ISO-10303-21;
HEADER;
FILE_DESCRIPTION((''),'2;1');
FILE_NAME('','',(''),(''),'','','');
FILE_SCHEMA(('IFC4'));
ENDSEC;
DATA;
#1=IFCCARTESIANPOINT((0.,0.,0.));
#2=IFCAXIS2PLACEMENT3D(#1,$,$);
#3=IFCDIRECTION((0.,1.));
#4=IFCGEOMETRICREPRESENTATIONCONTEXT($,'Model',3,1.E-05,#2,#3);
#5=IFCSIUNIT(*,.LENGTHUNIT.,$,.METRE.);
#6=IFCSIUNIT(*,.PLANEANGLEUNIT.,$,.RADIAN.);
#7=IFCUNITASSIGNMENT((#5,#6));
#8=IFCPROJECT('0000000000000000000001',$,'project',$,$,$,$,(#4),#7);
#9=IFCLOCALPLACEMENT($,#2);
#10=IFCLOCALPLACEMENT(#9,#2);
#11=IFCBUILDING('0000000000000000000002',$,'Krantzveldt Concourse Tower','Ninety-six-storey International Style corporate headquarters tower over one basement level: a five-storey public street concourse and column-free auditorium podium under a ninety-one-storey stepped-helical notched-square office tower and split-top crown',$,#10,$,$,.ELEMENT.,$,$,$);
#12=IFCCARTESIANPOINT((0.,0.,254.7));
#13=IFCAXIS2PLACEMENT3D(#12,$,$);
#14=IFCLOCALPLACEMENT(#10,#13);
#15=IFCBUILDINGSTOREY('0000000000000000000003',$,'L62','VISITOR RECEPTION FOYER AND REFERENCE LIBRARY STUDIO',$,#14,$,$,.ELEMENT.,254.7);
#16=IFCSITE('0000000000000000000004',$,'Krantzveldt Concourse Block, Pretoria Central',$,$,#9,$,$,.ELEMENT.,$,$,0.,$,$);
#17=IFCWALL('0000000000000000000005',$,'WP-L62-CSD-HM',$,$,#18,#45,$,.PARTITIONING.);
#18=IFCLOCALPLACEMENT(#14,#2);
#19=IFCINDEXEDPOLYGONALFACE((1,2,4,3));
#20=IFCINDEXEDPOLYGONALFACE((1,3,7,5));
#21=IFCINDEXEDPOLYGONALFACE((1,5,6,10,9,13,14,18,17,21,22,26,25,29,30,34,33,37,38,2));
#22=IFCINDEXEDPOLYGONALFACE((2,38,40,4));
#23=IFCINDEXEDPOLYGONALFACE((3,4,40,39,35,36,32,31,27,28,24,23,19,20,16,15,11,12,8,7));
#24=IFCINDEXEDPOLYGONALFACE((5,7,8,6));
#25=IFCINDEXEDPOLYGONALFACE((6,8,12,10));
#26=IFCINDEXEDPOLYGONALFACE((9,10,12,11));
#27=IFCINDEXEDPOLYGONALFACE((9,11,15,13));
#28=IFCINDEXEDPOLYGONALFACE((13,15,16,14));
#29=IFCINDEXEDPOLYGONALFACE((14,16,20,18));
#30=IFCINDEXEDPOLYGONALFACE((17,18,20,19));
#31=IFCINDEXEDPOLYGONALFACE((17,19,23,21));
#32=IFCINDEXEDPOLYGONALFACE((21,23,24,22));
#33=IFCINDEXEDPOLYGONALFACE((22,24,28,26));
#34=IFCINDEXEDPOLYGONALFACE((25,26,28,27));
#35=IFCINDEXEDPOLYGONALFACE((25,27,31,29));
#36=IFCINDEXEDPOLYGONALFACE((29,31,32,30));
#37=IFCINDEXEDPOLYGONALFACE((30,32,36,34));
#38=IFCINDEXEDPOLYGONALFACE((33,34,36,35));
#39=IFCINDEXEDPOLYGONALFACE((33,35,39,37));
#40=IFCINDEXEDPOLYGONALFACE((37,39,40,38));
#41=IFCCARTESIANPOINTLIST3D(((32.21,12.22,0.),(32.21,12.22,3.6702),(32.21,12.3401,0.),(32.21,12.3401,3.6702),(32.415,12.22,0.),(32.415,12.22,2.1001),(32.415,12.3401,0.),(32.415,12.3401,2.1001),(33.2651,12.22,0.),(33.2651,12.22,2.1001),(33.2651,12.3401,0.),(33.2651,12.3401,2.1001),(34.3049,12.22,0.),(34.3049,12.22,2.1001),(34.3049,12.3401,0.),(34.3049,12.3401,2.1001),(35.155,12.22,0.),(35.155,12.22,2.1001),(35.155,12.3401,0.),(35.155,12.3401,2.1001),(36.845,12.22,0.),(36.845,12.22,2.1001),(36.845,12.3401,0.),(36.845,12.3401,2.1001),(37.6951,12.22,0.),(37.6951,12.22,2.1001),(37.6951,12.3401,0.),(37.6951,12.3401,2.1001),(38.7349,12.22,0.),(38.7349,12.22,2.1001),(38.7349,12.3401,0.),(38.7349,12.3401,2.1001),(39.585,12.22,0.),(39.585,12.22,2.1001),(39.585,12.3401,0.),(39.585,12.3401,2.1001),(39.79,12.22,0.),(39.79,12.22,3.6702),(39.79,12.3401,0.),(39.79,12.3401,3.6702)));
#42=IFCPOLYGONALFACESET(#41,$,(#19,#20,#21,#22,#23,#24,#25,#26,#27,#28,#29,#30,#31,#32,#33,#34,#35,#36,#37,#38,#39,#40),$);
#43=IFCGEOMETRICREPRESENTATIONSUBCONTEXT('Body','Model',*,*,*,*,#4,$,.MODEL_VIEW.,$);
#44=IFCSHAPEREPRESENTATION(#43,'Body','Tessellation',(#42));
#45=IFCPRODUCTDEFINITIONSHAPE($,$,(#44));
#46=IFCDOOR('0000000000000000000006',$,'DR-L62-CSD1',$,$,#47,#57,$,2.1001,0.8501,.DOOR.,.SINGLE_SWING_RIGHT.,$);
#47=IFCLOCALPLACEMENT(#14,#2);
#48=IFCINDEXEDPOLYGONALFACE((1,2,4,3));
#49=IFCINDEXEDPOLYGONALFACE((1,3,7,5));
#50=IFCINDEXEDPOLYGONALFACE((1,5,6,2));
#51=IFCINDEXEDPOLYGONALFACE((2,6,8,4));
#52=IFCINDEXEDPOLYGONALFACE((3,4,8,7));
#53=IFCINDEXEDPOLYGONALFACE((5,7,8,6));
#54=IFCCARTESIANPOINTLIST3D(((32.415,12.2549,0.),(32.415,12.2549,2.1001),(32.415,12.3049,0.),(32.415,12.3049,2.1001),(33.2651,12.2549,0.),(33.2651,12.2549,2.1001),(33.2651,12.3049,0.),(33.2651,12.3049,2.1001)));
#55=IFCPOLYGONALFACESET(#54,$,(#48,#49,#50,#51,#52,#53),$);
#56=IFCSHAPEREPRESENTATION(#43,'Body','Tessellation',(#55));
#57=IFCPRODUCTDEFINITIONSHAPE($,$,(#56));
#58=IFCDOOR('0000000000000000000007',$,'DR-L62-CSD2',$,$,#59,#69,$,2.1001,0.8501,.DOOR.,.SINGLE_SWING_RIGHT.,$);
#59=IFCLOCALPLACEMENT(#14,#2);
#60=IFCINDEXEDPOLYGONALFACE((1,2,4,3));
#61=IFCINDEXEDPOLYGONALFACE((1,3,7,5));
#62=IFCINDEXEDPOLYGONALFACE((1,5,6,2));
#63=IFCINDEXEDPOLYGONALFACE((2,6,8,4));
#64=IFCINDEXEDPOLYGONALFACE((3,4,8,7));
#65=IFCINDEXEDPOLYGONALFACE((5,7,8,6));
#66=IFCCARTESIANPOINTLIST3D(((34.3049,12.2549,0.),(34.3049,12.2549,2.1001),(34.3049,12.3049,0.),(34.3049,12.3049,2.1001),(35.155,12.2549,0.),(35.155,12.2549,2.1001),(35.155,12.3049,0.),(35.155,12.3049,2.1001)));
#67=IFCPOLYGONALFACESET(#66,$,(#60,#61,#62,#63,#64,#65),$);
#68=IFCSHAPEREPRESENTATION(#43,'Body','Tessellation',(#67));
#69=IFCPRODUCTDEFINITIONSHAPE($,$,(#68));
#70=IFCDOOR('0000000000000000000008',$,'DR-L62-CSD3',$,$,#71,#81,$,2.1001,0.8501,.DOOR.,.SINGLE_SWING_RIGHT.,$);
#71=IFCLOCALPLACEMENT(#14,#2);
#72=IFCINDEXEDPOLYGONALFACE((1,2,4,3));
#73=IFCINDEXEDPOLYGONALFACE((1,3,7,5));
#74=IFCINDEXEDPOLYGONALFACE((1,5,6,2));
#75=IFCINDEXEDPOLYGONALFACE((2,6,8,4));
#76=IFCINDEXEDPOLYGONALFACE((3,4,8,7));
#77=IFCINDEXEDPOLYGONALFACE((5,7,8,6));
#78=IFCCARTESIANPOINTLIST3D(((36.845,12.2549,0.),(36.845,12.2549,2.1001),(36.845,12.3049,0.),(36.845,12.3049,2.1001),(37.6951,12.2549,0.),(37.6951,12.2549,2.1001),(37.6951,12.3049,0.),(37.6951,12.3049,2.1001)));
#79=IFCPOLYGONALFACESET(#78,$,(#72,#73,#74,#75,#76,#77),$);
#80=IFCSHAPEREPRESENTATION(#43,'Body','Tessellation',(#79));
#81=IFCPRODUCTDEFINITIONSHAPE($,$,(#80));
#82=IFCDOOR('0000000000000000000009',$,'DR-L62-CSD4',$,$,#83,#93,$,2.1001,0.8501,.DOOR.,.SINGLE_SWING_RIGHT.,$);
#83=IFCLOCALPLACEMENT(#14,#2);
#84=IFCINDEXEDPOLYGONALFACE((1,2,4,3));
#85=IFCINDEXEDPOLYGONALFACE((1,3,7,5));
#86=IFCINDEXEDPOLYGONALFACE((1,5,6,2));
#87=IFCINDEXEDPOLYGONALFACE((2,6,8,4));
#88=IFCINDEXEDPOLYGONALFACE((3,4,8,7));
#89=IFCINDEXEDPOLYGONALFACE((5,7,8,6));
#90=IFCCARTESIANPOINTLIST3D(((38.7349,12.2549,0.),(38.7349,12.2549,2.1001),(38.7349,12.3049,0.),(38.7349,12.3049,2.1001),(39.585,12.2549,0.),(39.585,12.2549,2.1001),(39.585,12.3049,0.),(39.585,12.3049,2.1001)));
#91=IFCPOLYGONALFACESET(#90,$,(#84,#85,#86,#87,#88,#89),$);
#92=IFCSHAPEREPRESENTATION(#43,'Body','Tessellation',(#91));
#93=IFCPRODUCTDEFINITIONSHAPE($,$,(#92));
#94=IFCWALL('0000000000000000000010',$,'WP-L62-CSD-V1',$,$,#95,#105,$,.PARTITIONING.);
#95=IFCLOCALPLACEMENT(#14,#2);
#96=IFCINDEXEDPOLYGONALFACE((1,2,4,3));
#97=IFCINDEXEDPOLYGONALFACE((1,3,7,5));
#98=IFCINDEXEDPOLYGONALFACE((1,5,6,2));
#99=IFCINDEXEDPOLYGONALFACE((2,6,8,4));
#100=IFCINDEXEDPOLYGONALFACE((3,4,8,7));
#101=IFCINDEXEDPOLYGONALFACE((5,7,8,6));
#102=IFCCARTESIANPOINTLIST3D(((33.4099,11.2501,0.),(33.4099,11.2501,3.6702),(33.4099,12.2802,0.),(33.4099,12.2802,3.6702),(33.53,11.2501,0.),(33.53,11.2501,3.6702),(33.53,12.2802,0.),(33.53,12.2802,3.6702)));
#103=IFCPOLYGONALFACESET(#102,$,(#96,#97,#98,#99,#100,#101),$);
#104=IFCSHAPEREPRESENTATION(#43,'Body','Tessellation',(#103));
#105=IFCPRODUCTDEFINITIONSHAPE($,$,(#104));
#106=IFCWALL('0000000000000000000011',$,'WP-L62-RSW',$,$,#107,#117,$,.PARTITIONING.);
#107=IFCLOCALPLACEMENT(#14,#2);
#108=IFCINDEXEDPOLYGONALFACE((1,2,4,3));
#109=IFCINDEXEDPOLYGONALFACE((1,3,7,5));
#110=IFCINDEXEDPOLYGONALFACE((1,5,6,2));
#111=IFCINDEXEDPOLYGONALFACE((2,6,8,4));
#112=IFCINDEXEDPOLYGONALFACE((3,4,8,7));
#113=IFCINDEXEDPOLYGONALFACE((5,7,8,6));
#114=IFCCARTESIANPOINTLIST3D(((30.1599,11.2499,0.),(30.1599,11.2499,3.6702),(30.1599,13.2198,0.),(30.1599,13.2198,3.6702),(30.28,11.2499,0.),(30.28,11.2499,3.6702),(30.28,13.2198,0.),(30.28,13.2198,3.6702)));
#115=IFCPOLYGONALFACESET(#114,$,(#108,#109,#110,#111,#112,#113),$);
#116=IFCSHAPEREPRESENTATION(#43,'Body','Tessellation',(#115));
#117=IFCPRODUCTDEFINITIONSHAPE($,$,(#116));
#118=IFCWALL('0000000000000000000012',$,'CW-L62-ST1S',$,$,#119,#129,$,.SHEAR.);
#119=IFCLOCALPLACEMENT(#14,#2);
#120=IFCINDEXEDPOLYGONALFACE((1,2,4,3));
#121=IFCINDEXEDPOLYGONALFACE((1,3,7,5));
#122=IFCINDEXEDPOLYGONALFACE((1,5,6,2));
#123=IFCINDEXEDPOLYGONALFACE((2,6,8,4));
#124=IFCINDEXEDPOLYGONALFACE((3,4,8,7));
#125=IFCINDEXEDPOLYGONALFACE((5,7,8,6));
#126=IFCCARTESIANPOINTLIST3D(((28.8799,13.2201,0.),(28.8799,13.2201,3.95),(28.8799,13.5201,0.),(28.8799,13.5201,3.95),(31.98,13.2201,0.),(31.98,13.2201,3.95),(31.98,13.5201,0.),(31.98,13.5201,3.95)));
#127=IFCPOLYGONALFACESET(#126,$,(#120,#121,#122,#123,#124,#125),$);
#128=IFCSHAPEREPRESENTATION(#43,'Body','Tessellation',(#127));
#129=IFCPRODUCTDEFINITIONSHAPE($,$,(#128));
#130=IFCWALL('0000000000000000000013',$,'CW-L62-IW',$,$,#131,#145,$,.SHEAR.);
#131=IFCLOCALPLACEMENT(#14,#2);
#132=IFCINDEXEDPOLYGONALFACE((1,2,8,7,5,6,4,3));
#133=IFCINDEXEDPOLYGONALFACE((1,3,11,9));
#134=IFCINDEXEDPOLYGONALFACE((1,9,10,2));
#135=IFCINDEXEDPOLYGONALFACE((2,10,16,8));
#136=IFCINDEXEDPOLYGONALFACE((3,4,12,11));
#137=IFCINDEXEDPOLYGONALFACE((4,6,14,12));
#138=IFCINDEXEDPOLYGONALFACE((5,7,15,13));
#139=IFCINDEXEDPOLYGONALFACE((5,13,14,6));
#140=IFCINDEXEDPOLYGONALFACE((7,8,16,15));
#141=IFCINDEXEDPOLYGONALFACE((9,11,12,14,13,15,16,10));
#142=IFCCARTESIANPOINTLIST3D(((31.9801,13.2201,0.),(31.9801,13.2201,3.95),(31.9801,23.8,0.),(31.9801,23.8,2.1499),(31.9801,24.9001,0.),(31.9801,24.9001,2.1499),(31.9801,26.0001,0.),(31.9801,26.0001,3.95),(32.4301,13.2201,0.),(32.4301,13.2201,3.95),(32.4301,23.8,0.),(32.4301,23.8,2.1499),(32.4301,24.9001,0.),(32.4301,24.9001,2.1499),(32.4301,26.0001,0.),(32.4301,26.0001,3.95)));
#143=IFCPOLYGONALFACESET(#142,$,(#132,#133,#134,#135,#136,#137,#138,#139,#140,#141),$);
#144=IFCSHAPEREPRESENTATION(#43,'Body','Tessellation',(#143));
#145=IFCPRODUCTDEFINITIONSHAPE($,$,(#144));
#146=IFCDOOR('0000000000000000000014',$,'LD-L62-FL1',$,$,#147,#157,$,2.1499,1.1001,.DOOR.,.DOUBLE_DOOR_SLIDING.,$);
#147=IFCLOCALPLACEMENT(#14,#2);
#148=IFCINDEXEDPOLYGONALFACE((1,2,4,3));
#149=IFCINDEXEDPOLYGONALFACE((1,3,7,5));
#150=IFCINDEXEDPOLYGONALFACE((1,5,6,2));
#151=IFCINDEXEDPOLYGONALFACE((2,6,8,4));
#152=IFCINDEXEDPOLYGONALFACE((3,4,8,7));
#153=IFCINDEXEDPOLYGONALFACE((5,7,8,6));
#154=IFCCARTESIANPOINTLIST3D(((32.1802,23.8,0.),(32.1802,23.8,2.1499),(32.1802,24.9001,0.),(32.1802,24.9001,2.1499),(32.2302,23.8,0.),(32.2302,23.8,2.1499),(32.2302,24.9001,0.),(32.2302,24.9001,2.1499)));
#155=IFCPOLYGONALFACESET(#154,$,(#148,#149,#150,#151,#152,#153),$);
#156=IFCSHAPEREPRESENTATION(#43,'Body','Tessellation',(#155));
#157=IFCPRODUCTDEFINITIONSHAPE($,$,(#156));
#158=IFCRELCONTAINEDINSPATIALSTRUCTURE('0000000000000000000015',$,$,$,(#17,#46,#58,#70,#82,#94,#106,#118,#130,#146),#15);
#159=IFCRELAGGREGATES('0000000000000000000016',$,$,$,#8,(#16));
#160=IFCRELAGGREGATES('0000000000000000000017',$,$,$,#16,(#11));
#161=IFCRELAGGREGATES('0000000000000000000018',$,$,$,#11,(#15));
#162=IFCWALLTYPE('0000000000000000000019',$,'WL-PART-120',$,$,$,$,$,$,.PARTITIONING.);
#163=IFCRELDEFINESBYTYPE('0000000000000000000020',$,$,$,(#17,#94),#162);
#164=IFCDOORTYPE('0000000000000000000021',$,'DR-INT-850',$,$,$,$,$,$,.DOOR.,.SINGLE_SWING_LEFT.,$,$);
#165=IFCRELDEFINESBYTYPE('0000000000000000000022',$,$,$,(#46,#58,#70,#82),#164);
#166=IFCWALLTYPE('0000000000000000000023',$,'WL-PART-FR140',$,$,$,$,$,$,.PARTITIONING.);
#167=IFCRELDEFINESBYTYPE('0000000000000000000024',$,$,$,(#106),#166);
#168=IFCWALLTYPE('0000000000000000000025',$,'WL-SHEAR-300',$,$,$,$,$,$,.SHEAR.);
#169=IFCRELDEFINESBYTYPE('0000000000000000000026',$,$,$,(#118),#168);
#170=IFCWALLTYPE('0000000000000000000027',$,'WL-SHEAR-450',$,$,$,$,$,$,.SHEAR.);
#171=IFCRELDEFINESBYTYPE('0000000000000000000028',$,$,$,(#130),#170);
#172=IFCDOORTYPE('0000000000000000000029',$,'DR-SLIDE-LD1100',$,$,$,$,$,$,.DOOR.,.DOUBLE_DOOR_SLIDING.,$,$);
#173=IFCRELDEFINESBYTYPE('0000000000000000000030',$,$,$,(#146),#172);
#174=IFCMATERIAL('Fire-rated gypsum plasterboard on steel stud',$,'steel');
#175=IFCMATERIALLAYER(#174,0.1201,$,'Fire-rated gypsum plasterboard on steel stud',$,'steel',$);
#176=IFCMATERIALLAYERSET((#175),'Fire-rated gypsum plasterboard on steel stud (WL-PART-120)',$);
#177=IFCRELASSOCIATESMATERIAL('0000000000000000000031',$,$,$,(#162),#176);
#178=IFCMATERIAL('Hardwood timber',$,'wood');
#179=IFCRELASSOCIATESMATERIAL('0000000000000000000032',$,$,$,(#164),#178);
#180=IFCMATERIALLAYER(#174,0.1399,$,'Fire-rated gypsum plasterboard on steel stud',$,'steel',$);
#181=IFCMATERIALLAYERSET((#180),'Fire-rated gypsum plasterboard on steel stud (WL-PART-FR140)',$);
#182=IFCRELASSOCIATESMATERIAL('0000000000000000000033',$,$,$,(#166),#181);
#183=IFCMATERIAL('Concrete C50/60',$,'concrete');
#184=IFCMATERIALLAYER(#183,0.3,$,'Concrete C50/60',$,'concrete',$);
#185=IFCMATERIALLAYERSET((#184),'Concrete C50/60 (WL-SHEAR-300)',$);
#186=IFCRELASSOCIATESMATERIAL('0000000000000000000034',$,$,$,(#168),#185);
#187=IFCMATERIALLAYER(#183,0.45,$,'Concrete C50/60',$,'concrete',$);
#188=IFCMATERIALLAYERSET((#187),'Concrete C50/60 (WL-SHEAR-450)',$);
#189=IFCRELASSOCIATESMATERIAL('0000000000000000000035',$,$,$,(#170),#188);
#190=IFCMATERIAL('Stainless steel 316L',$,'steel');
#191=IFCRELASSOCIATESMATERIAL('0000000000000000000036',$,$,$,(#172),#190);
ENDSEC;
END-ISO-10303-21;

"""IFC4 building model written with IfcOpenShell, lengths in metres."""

from ifc_helpers import new_model, si_unit, direction, frame, frame_2d, origin, place, context, subcontext, project, spatial, rectangle, extrude, material, layer, layer_set, type_object, element, fill, save


model = new_model("IFC4")

# Units and contexts
model_context = context("Model", 3, precision=1e-05, world=origin(), true_north=direction((0.0, 1.0)))
body_context = subcontext(model_context, "Body", "Model", "MODEL_VIEW")
ifc_project = project(units=[si_unit("LENGTHUNIT", "METRE"), si_unit("PLANEANGLEUNIT", "RADIAN")], contexts=[model_context])

# Site, building, storey
site_placement = place(None, origin())
site = spatial("IfcSite", under=ifc_project, at=site_placement, Name="Krantzveldt Concourse Block, Pretoria Central", CompositionType="ELEMENT", RefElevation=0.0)
building_placement = place(site_placement, origin())
building = spatial("IfcBuilding", under=site, at=building_placement, Name="Krantzveldt Concourse Tower", Description="Ninety-six-storey International Style corporate headquarters tower over one basement level: a five-storey public street concourse and column-free auditorium podium under a ninety-one-storey stepped-helical notched-square office tower and split-top crown", CompositionType="ELEMENT")
storey_placement = place(building_placement, frame((0.0, 0.0, 254.7)))
storey = spatial("IfcBuildingStorey", under=building, at=storey_placement, Name="L62", Description="VISITOR RECEPTION FOYER AND REFERENCE LIBRARY STUDIO", CompositionType="ELEMENT", Elevation=254.7)

# Shared definitions
ifc_material_1 = material(Name="Fire-rated gypsum plasterboard on steel stud", Category="steel")
ifc_layer_1 = layer(ifc_material_1, 0.1201, Name="Fire-rated gypsum plasterboard on steel stud", Category="steel")
ifc_layer_set_1 = layer_set([ifc_layer_1], Name="Fire-rated gypsum plasterboard on steel stud (WL-PART-120)")
wall_type_1 = type_object("IfcWallType", Name="WL-PART-120", PredefinedType="PARTITIONING", material=ifc_layer_set_1)
ifc_material_2 = material(Name="Hardwood timber", Category="wood")
door_type_1 = type_object("IfcDoorType", Name="DR-INT-850", OperationType="SINGLE_SWING_LEFT", PredefinedType="DOOR", material=ifc_material_2)

# Wall, openings, doors
wall_1_placement = place(storey_placement, frame((32.21, 12.28, 0.0), z_axis=(0.0, 0.0, 1.0), x_axis=(1.0, 0.0, 0.0)))
wall_1 = element("IfcWall", 1, at=wall_1_placement, inside=storey, type_object=wall_type_1, Name="WP-L62-CSD-HM", PredefinedType="PARTITIONING", context=body_context, shape_type="SweptSolid", body=[
    extrude(rectangle(XDim=7.5801, YDim=0.1201, at=frame_2d((3.79, 0.0))), origin(), (0.0, 0.0, 1.0), 3.6702),
])
opening_1_placement = place(wall_1_placement, frame((0.2051, 0.0, 0.0)))
opening_1 = element("IfcOpeningElement", 2, at=opening_1_placement, cuts=wall_1, PredefinedType="OPENING", context=body_context, shape_type="SweptSolid", body=[
    extrude(rectangle(XDim=0.8501, YDim=2.1001, at=frame_2d((0.425, 1.05))), frame((0.0, 0.0701, 0.0), z_axis=(0.0, -1.0, 0.0), x_axis=(1.0, 0.0, 0.0)), (0.0, 0.0, 1.0), 0.1401),
])
opening_2_placement = place(wall_1_placement, frame((2.095, 0.0, 0.0)))
opening_2 = element("IfcOpeningElement", 3, at=opening_2_placement, cuts=wall_1, PredefinedType="OPENING", context=body_context, shape_type="SweptSolid", body=[
    extrude(rectangle(XDim=0.8501, YDim=2.1001, at=frame_2d((0.425, 1.05))), frame((0.0, 0.0701, 0.0), z_axis=(0.0, -1.0, 0.0), x_axis=(1.0, 0.0, 0.0)), (0.0, 0.0, 1.0), 0.1401),
])
opening_3_placement = place(wall_1_placement, frame((4.635, 0.0, 0.0)))
opening_3 = element("IfcOpeningElement", 4, at=opening_3_placement, cuts=wall_1, PredefinedType="OPENING", context=body_context, shape_type="SweptSolid", body=[
    extrude(rectangle(XDim=0.8501, YDim=2.1001, at=frame_2d((0.425, 1.05))), frame((0.0, 0.0701, 0.0), z_axis=(0.0, -1.0, 0.0), x_axis=(1.0, 0.0, 0.0)), (0.0, 0.0, 1.0), 0.1401),
])
opening_4_placement = place(wall_1_placement, frame((6.5249, 0.0, 0.0)))
opening_4 = element("IfcOpeningElement", 5, at=opening_4_placement, cuts=wall_1, PredefinedType="OPENING", context=body_context, shape_type="SweptSolid", body=[
    extrude(rectangle(XDim=0.8501, YDim=2.1001, at=frame_2d((0.425, 1.05))), frame((0.0, 0.0701, 0.0), z_axis=(0.0, -1.0, 0.0), x_axis=(1.0, 0.0, 0.0)), (0.0, 0.0, 1.0), 0.1401),
])
door_1_placement = place(opening_1_placement, origin())
door_1 = element("IfcDoor", 6, at=door_1_placement, inside=storey, type_object=door_type_1, Name="DR-L62-CSD1", OperationType="SINGLE_SWING_RIGHT", OverallHeight=2.1001, OverallWidth=0.8501, PredefinedType="DOOR", context=body_context, shape_type="SweptSolid", body=[
    extrude(rectangle(XDim=0.8501, YDim=2.1001, at=frame_2d((0.425, 1.05))), frame((0.0, 0.0249, 0.0), z_axis=(0.0, -1.0, 0.0), x_axis=(1.0, 0.0, 0.0)), (0.0, 0.0, 1.0), 0.05),
])
fill(opening_1, door_1)
door_2_placement = place(opening_2_placement, origin())
door_2 = element("IfcDoor", 7, at=door_2_placement, inside=storey, type_object=door_type_1, Name="DR-L62-CSD2", OperationType="SINGLE_SWING_RIGHT", OverallHeight=2.1001, OverallWidth=0.8501, PredefinedType="DOOR", context=body_context, shape_type="SweptSolid", body=[
    extrude(rectangle(XDim=0.8501, YDim=2.1001, at=frame_2d((0.425, 1.05))), frame((0.0, 0.0249, 0.0), z_axis=(0.0, -1.0, 0.0), x_axis=(1.0, 0.0, 0.0)), (0.0, 0.0, 1.0), 0.05),
])
fill(opening_2, door_2)
door_3_placement = place(opening_3_placement, origin())
door_3 = element("IfcDoor", 8, at=door_3_placement, inside=storey, type_object=door_type_1, Name="DR-L62-CSD3", OperationType="SINGLE_SWING_RIGHT", OverallHeight=2.1001, OverallWidth=0.8501, PredefinedType="DOOR", context=body_context, shape_type="SweptSolid", body=[
    extrude(rectangle(XDim=0.8501, YDim=2.1001, at=frame_2d((0.425, 1.05))), frame((0.0, 0.0249, 0.0), z_axis=(0.0, -1.0, 0.0), x_axis=(1.0, 0.0, 0.0)), (0.0, 0.0, 1.0), 0.05),
])
fill(opening_3, door_3)
door_4_placement = place(opening_4_placement, origin())
door_4 = element("IfcDoor", 9, at=door_4_placement, inside=storey, type_object=door_type_1, Name="DR-L62-CSD4", OperationType="SINGLE_SWING_RIGHT", OverallHeight=2.1001, OverallWidth=0.8501, PredefinedType="DOOR", context=body_context, shape_type="SweptSolid", body=[
    extrude(rectangle(XDim=0.8501, YDim=2.1001, at=frame_2d((0.425, 1.05))), frame((0.0, 0.0249, 0.0), z_axis=(0.0, -1.0, 0.0), x_axis=(1.0, 0.0, 0.0)), (0.0, 0.0, 1.0), 0.05),
])
fill(opening_4, door_4)

# Walls
wall_2_placement = place(storey_placement, frame((33.47, 11.25, 0.0), z_axis=(0.0, 0.0, 1.0), x_axis=(0.0, 1.0, 0.0)))
element("IfcWall", 10, at=wall_2_placement, inside=storey, type_object=wall_type_1, Name="WP-L62-CSD-V1", PredefinedType="PARTITIONING", context=body_context, shape_type="SweptSolid", body=[
    extrude(rectangle(XDim=1.03, YDim=0.1201, at=frame_2d((0.5151, 0.0))), origin(), (0.0, 0.0, 1.0), 3.6702),
])
ifc_layer_2 = layer(ifc_material_1, 0.1399, Name="Fire-rated gypsum plasterboard on steel stud", Category="steel")
ifc_layer_set_2 = layer_set([ifc_layer_2], Name="Fire-rated gypsum plasterboard on steel stud (WL-PART-FR140)")
wall_type_2 = type_object("IfcWallType", Name="WL-PART-FR140", PredefinedType="PARTITIONING", material=ifc_layer_set_2)
wall_3_placement = place(storey_placement, frame((30.22, 11.25, 0.0), z_axis=(0.0, 0.0, 1.0), x_axis=(0.0, 1.0, 0.0)))
element("IfcWall", 11, at=wall_3_placement, inside=storey, type_object=wall_type_2, Name="WP-L62-RSW", PredefinedType="PARTITIONING", context=body_context, shape_type="SweptSolid", body=[
    extrude(rectangle(XDim=1.97, YDim=0.1201, at=frame_2d((0.9849, 0.0))), origin(), (0.0, 0.0, 1.0), 3.6702),
])
ifc_material_3 = material(Name="Concrete C50/60", Category="concrete")
ifc_layer_3 = layer(ifc_material_3, 0.3, Name="Concrete C50/60", Category="concrete")
ifc_layer_set_3 = layer_set([ifc_layer_3], Name="Concrete C50/60 (WL-SHEAR-300)")
wall_type_3 = type_object("IfcWallType", Name="WL-SHEAR-300", PredefinedType="SHEAR", material=ifc_layer_set_3)
wall_4_placement = place(storey_placement, frame((28.8799, 13.3701, 0.0), z_axis=(0.0, 0.0, 1.0), x_axis=(1.0, 0.0, 0.0)))
element("IfcWall", 12, at=wall_4_placement, inside=storey, type_object=wall_type_3, Name="CW-L62-ST1S", PredefinedType="SHEAR", context=body_context, shape_type="SweptSolid", body=[
    extrude(rectangle(XDim=3.1001, YDim=0.3, at=frame_2d((1.55, 0.0))), origin(), (0.0, 0.0, 1.0), 3.95),
])

# Wall, opening, door
ifc_layer_4 = layer(ifc_material_3, 0.45, Name="Concrete C50/60", Category="concrete")
ifc_layer_set_4 = layer_set([ifc_layer_4], Name="Concrete C50/60 (WL-SHEAR-450)")
wall_type_4 = type_object("IfcWallType", Name="WL-SHEAR-450", PredefinedType="SHEAR", material=ifc_layer_set_4)
wall_5_placement = place(storey_placement, frame((32.2051, 13.22, 0.0), z_axis=(0.0, 0.0, 1.0), x_axis=(0.0, 1.0, 0.0)))
wall_5 = element("IfcWall", 13, at=wall_5_placement, inside=storey, type_object=wall_type_4, Name="CW-L62-IW", PredefinedType="SHEAR", context=body_context, shape_type="SweptSolid", body=[
    extrude(rectangle(XDim=12.78, YDim=0.45, at=frame_2d((6.3901, 0.0))), origin(), (0.0, 0.0, 1.0), 3.95),
])
opening_5_placement = place(wall_5_placement, frame((10.5801, 0.0, 0.0)))
opening_5 = element("IfcOpeningElement", 14, at=opening_5_placement, cuts=wall_5, PredefinedType="OPENING", context=body_context, shape_type="SweptSolid", body=[
    extrude(rectangle(XDim=1.1001, YDim=2.1499, at=frame_2d((0.55, 1.075))), frame((0.0, 0.2349, 0.0), z_axis=(0.0, -1.0, 0.0), x_axis=(1.0, 0.0, 0.0)), (0.0, 0.0, 1.0), 0.47),
])
ifc_material_4 = material(Name="Stainless steel 316L", Category="steel")
door_type_2 = type_object("IfcDoorType", Name="DR-SLIDE-LD1100", OperationType="DOUBLE_DOOR_SLIDING", PredefinedType="DOOR", material=ifc_material_4)
door_5_placement = place(opening_5_placement, origin())
door_5 = element("IfcDoor", 15, at=door_5_placement, inside=storey, type_object=door_type_2, Name="LD-L62-FL1", OperationType="DOUBLE_DOOR_SLIDING", OverallHeight=2.1499, OverallWidth=1.1001, PredefinedType="DOOR", context=body_context, shape_type="SweptSolid", body=[
    extrude(rectangle(XDim=1.1001, YDim=2.1499, at=frame_2d((0.55, 1.075))), frame((0.0, 0.0249, 0.0), z_axis=(0.0, -1.0, 0.0), x_axis=(1.0, 0.0, 0.0)), (0.0, 0.0, 1.0), 0.05),
])
fill(opening_5, door_5)

save(model, "model.ifc")
